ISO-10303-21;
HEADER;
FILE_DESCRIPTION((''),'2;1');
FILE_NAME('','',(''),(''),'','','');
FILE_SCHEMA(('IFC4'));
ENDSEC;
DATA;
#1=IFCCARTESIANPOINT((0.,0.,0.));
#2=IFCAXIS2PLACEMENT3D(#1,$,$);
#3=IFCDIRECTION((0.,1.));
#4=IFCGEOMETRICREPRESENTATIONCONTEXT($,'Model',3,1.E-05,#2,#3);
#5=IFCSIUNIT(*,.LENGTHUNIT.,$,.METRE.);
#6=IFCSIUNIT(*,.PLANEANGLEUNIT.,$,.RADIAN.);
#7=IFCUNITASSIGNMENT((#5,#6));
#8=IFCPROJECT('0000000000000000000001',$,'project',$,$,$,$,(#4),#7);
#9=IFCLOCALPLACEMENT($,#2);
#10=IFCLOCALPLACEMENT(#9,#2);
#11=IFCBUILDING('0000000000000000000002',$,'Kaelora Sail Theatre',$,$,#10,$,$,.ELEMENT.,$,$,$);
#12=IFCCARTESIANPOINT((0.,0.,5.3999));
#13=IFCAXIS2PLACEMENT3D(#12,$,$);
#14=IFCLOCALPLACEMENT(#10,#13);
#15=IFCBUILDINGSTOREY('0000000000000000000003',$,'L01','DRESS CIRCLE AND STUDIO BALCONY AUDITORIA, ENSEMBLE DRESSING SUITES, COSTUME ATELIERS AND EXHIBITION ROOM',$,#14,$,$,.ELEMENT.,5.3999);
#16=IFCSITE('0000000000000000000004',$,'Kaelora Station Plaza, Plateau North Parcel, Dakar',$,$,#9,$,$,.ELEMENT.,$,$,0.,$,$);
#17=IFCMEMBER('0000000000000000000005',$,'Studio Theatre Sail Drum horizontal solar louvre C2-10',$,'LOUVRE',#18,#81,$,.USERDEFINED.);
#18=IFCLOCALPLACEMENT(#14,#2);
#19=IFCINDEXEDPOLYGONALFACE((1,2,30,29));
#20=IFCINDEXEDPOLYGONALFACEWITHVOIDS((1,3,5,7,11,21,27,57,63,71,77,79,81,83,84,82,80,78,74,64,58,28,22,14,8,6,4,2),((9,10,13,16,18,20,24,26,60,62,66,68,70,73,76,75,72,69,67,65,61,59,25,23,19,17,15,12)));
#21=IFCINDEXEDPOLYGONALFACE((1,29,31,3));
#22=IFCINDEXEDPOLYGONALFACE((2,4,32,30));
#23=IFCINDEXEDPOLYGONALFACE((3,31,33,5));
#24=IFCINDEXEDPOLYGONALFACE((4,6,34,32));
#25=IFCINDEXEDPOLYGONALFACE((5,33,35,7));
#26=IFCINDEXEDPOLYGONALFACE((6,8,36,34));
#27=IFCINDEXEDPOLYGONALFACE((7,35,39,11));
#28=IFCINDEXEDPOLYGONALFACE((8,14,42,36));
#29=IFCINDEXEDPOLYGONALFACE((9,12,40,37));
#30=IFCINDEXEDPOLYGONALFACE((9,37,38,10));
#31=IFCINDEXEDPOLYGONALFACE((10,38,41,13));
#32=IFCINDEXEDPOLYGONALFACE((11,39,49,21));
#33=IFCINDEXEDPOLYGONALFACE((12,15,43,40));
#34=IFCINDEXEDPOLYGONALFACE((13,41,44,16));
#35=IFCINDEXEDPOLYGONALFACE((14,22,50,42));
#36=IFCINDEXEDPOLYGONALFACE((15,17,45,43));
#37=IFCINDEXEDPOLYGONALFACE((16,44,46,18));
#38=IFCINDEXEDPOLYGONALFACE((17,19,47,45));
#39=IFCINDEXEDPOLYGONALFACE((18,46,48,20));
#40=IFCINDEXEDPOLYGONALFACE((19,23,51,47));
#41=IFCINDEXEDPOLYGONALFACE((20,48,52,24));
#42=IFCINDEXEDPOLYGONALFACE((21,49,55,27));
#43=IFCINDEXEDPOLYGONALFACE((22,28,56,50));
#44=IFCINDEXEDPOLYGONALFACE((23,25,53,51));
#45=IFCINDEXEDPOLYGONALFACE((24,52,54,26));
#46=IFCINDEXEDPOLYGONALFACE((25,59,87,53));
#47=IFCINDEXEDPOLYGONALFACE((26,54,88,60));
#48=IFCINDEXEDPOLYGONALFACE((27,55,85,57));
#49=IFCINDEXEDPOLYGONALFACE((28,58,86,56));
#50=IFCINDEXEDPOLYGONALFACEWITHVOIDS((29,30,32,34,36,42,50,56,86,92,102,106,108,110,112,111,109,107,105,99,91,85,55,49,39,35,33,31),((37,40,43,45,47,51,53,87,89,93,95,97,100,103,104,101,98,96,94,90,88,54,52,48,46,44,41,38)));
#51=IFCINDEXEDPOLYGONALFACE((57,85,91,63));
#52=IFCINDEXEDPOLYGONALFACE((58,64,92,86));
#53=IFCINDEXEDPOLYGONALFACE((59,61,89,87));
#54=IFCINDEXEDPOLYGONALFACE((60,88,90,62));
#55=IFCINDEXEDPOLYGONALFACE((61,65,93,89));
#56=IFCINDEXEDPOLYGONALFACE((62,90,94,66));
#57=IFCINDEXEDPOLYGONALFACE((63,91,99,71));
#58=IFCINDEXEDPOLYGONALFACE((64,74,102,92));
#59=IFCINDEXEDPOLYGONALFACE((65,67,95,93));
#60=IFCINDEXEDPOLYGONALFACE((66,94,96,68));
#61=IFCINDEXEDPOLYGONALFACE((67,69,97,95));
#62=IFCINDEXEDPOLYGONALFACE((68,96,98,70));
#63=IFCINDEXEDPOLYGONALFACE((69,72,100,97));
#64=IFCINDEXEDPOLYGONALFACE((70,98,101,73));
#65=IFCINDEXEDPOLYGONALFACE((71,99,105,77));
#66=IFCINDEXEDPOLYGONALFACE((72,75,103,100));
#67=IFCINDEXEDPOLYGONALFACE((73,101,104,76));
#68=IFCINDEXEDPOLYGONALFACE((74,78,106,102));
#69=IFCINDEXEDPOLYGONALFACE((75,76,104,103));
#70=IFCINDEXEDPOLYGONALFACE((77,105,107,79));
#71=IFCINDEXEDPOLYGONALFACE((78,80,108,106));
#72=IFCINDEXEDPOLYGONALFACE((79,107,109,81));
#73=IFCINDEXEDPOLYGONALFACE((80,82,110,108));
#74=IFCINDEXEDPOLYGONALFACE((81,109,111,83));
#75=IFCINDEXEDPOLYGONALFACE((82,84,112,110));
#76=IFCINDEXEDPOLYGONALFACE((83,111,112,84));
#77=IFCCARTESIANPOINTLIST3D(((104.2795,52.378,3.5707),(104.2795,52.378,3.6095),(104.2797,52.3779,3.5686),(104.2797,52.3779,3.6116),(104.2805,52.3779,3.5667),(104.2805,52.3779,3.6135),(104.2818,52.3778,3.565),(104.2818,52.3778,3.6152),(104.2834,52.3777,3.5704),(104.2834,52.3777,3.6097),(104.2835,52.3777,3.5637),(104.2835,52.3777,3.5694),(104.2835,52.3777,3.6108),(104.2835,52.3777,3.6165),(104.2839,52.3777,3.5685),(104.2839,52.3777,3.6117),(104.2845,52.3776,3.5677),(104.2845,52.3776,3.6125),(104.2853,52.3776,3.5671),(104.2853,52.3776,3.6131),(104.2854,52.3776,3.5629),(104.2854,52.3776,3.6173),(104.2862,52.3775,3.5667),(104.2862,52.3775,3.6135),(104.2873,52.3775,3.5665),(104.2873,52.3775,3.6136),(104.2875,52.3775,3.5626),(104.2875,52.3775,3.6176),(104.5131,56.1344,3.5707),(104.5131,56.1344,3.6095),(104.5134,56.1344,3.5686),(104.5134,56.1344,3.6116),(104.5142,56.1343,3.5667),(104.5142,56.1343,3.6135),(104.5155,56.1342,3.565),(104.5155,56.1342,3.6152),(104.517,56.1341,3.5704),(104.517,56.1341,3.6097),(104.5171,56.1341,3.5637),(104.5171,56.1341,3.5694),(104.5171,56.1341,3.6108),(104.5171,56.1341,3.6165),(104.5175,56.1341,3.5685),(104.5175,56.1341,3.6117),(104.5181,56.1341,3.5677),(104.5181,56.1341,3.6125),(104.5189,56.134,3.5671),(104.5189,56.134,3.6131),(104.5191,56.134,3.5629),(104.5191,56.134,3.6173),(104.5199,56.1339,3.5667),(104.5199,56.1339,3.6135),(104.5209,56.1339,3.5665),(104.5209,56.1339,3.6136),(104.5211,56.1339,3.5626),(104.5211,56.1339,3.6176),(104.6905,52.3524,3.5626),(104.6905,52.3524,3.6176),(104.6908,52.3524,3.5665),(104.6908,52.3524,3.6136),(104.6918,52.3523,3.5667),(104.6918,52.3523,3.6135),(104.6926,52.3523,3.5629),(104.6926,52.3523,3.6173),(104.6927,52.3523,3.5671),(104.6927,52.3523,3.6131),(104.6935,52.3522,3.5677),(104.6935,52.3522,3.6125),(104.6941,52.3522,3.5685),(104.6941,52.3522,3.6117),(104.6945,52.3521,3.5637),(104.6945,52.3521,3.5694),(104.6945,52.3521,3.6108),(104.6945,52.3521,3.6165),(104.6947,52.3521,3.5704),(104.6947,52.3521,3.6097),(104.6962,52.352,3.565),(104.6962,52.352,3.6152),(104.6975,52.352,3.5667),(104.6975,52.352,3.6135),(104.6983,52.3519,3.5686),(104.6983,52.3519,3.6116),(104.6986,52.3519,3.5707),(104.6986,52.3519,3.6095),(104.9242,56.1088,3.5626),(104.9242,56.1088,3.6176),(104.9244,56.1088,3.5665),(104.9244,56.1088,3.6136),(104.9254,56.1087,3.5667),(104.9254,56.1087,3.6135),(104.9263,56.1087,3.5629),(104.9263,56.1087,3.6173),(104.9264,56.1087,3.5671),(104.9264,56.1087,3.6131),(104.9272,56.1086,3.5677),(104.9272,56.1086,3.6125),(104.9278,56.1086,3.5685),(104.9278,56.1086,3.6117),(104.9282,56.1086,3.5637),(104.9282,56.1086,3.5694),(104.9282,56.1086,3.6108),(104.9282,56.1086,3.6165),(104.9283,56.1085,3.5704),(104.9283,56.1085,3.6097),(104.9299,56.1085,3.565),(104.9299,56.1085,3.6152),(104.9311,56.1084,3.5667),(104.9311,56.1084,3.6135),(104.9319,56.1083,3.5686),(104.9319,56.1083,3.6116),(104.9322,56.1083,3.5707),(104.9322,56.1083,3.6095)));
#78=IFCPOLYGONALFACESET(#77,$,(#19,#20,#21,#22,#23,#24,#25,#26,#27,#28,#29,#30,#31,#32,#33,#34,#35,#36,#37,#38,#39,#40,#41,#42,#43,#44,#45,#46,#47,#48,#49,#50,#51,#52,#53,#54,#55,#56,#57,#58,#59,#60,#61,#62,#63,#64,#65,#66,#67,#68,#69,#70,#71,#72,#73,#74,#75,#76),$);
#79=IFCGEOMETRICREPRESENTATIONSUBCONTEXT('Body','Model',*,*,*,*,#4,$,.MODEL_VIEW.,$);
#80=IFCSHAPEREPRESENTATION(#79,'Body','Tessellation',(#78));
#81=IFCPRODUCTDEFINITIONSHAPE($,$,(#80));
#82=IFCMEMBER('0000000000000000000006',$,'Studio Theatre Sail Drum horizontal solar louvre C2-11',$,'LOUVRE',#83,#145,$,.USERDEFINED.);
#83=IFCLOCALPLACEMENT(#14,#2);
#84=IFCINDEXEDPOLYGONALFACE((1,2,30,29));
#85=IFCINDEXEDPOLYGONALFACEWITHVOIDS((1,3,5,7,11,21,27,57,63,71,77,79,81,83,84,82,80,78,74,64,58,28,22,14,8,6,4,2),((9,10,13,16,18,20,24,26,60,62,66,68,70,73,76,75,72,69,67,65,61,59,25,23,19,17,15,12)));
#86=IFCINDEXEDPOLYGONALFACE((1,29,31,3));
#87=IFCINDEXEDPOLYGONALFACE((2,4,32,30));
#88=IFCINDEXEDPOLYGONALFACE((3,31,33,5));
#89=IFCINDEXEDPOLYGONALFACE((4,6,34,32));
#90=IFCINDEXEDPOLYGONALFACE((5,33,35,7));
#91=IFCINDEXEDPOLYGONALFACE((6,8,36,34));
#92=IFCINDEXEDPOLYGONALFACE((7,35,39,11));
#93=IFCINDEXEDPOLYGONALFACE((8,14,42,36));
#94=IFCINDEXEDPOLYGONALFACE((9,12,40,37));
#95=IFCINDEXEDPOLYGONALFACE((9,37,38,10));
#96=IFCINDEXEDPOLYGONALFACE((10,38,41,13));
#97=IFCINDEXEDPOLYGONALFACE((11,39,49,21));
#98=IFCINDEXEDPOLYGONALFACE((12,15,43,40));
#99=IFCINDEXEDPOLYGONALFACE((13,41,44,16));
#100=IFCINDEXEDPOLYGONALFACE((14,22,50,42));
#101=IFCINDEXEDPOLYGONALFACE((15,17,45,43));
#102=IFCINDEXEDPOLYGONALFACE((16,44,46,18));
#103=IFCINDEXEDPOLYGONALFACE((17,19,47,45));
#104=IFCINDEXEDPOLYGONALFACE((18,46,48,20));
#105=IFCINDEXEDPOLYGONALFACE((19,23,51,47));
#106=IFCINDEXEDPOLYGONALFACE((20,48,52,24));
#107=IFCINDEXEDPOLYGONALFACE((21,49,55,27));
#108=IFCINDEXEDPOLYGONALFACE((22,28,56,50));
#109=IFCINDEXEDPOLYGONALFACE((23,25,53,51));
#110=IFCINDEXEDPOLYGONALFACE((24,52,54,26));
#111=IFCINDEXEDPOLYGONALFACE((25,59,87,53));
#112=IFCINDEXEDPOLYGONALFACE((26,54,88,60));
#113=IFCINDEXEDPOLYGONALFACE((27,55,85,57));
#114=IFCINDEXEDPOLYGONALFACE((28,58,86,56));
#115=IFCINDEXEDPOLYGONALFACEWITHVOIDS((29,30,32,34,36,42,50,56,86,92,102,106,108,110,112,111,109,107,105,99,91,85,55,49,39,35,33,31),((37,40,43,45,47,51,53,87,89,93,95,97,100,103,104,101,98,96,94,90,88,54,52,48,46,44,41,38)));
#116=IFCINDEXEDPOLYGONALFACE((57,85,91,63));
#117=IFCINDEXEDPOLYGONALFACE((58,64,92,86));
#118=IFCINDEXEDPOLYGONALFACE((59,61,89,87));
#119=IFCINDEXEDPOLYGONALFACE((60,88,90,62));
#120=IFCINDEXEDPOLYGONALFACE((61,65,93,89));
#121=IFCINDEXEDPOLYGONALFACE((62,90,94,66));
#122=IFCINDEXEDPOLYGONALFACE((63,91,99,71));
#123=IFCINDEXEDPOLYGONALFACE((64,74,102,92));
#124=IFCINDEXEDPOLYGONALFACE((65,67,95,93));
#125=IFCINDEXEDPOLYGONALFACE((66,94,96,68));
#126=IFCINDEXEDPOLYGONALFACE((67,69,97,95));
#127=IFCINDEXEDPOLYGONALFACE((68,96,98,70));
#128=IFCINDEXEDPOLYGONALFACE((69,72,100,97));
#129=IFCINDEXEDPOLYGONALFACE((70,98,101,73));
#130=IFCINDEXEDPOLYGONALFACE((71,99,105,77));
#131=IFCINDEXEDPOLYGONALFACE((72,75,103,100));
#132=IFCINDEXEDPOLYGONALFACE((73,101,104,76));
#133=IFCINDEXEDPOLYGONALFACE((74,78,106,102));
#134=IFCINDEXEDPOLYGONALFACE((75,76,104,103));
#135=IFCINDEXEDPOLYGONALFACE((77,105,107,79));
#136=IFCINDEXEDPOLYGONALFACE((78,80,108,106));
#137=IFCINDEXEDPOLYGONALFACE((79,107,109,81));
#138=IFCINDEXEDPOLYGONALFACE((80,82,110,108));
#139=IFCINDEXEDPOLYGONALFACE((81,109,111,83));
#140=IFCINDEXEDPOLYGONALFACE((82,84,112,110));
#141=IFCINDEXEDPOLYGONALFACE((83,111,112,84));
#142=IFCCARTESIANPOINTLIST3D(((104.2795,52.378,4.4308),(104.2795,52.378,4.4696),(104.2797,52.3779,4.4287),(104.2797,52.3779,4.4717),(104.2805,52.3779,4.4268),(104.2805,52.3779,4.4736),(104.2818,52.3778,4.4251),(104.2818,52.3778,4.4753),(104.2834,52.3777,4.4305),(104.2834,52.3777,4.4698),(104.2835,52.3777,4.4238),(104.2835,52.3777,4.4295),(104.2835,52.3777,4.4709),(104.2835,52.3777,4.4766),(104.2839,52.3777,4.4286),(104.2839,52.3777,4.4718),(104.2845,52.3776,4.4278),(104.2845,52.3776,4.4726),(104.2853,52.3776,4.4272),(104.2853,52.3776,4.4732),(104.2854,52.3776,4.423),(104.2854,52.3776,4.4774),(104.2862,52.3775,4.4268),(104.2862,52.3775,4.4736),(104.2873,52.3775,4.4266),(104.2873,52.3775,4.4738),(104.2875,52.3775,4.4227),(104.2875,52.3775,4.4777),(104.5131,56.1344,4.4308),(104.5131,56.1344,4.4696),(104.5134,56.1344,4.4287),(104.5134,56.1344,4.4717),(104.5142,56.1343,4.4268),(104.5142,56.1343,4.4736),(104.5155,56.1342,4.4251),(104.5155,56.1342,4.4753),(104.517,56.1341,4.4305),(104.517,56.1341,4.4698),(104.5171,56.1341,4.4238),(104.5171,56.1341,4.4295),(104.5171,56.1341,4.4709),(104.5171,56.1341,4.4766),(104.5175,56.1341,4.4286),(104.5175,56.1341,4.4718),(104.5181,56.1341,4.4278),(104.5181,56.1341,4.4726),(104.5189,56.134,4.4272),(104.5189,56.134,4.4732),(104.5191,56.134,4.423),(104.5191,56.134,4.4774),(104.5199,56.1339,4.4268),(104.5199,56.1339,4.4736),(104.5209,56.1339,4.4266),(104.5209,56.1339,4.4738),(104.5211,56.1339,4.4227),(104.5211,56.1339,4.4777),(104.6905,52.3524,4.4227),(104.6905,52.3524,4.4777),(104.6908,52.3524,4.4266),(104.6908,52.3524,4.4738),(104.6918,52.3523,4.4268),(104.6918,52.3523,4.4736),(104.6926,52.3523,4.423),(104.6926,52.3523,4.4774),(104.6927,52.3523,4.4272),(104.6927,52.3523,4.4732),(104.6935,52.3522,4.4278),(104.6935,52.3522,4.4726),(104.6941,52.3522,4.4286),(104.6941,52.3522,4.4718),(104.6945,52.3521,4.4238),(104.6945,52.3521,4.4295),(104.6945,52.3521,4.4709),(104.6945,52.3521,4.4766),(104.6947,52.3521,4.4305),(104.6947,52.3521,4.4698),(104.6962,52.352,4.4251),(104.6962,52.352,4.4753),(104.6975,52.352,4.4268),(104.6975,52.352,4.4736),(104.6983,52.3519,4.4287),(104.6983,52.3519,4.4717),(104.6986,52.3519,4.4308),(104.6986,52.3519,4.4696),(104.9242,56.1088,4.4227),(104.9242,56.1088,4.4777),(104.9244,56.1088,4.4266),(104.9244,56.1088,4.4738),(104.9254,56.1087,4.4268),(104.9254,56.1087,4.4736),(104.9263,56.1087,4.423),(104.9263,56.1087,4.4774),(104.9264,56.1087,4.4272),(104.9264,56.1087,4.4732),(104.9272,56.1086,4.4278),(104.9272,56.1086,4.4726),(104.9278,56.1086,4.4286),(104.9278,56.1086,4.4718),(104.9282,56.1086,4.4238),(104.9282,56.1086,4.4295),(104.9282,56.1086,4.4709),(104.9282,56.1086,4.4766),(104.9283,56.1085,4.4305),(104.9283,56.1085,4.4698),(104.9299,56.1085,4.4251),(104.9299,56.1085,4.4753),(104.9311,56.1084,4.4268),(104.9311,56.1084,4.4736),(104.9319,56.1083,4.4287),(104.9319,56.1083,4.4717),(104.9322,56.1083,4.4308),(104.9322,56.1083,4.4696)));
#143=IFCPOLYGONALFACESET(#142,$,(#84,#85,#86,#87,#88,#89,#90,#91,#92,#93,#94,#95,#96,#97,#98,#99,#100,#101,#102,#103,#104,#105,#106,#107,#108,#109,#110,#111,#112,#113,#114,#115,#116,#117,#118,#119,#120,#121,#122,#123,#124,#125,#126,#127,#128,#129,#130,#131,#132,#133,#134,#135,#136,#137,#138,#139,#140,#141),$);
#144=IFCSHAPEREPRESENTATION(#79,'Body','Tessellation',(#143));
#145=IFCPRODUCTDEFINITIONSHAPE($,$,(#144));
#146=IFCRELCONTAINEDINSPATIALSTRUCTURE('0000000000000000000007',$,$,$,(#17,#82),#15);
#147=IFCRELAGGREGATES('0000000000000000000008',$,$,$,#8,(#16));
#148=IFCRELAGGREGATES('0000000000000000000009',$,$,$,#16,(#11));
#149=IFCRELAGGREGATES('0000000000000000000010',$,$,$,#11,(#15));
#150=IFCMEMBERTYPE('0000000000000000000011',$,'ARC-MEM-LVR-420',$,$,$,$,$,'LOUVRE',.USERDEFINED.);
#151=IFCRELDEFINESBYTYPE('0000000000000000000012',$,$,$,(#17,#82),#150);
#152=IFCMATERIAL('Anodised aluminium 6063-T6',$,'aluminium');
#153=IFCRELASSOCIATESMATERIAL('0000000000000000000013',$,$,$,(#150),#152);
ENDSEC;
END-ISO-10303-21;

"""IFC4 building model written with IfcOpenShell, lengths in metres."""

from ifc_helpers import new_model, si_unit, direction, frame, origin, origin_2d, place, context, subcontext, project, spatial, hollow_rectangle, extrude, material, material_profile, profile_set, type_object, element, save


model = new_model("IFC4")

# Units and contexts
model_context = context("Model", 3, precision=1e-05, world=origin(), true_north=direction((0.0, 1.0)))
body_context = subcontext(model_context, "Body", "Model", "MODEL_VIEW")
ifc_project = project(units=[si_unit("LENGTHUNIT", "METRE"), si_unit("PLANEANGLEUNIT", "RADIAN")], contexts=[model_context])

# Site, building, storey
site_placement = place(None, origin())
site = spatial("IfcSite", under=ifc_project, at=site_placement, Name="Kaelora Station Plaza, Plateau North Parcel, Dakar", CompositionType="ELEMENT", RefElevation=0.0)
building_placement = place(site_placement, origin())
building = spatial("IfcBuilding", under=site, at=building_placement, Name="Kaelora Sail Theatre", CompositionType="ELEMENT")
storey_placement = place(building_placement, frame((0.0, 0.0, 5.3999)))
storey = spatial("IfcBuildingStorey", under=building, at=storey_placement, Name="L01", Description="DRESS CIRCLE AND STUDIO BALCONY AUDITORIA, ENSEMBLE DRESSING SUITES, COSTUME ATELIERS AND EXHIBITION ROOM", CompositionType="ELEMENT", Elevation=5.3999)

# Members
ifc_material_1 = material(Name="Anodised aluminium 6063-T6", Category="aluminium")
ifc_material_profile_1 = material_profile(ifc_material_1, hollow_rectangle(XDim=0.4199, YDim=0.0549, WallThickness=0.0039, InnerFilletRadius=0.0039, OuterFilletRadius=0.0081, at=origin_2d()), Name="LOUVRE 420x55x4")
ifc_profile_set_1 = profile_set([ifc_material_profile_1], Name="Anodised aluminium 6063-T6")
member_type_1 = type_object("IfcMemberType", Name="ARC-MEM-LVR-420", ElementType="LOUVRE", PredefinedType="USERDEFINED", material=ifc_profile_set_1)
for number, where, z_axis, x_axis, name in (
    (1, (104.7227, 56.1213, 3.5901), (-0.062079, -0.998071, 0.0), (0.998071, -0.062079, 0.0), "Studio Theatre Sail Drum horizontal solar louvre C2-10"),
    (2, (104.7227, 56.1213, 4.4502), (-0.062079, -0.998071, 0.0), (0.998071, -0.062079, 0.0), "Studio Theatre Sail Drum horizontal solar louvre C2-11"),
):
    element("IfcMember", number, at=place(storey_placement, frame(where, z_axis=z_axis, x_axis=x_axis)), inside=storey, type_object=member_type_1, Name=name, ObjectType="LOUVRE", PredefinedType="USERDEFINED", context=body_context, shape_type="SweptSolid", body=[
        extrude(hollow_rectangle(XDim=0.4199, YDim=0.0549, WallThickness=0.0039, InnerFilletRadius=0.0039, OuterFilletRadius=0.0081, at=origin_2d()), origin(), (0.0, 0.0, 1.0), 3.7637),
    ])

save(model, "model.ifc")
